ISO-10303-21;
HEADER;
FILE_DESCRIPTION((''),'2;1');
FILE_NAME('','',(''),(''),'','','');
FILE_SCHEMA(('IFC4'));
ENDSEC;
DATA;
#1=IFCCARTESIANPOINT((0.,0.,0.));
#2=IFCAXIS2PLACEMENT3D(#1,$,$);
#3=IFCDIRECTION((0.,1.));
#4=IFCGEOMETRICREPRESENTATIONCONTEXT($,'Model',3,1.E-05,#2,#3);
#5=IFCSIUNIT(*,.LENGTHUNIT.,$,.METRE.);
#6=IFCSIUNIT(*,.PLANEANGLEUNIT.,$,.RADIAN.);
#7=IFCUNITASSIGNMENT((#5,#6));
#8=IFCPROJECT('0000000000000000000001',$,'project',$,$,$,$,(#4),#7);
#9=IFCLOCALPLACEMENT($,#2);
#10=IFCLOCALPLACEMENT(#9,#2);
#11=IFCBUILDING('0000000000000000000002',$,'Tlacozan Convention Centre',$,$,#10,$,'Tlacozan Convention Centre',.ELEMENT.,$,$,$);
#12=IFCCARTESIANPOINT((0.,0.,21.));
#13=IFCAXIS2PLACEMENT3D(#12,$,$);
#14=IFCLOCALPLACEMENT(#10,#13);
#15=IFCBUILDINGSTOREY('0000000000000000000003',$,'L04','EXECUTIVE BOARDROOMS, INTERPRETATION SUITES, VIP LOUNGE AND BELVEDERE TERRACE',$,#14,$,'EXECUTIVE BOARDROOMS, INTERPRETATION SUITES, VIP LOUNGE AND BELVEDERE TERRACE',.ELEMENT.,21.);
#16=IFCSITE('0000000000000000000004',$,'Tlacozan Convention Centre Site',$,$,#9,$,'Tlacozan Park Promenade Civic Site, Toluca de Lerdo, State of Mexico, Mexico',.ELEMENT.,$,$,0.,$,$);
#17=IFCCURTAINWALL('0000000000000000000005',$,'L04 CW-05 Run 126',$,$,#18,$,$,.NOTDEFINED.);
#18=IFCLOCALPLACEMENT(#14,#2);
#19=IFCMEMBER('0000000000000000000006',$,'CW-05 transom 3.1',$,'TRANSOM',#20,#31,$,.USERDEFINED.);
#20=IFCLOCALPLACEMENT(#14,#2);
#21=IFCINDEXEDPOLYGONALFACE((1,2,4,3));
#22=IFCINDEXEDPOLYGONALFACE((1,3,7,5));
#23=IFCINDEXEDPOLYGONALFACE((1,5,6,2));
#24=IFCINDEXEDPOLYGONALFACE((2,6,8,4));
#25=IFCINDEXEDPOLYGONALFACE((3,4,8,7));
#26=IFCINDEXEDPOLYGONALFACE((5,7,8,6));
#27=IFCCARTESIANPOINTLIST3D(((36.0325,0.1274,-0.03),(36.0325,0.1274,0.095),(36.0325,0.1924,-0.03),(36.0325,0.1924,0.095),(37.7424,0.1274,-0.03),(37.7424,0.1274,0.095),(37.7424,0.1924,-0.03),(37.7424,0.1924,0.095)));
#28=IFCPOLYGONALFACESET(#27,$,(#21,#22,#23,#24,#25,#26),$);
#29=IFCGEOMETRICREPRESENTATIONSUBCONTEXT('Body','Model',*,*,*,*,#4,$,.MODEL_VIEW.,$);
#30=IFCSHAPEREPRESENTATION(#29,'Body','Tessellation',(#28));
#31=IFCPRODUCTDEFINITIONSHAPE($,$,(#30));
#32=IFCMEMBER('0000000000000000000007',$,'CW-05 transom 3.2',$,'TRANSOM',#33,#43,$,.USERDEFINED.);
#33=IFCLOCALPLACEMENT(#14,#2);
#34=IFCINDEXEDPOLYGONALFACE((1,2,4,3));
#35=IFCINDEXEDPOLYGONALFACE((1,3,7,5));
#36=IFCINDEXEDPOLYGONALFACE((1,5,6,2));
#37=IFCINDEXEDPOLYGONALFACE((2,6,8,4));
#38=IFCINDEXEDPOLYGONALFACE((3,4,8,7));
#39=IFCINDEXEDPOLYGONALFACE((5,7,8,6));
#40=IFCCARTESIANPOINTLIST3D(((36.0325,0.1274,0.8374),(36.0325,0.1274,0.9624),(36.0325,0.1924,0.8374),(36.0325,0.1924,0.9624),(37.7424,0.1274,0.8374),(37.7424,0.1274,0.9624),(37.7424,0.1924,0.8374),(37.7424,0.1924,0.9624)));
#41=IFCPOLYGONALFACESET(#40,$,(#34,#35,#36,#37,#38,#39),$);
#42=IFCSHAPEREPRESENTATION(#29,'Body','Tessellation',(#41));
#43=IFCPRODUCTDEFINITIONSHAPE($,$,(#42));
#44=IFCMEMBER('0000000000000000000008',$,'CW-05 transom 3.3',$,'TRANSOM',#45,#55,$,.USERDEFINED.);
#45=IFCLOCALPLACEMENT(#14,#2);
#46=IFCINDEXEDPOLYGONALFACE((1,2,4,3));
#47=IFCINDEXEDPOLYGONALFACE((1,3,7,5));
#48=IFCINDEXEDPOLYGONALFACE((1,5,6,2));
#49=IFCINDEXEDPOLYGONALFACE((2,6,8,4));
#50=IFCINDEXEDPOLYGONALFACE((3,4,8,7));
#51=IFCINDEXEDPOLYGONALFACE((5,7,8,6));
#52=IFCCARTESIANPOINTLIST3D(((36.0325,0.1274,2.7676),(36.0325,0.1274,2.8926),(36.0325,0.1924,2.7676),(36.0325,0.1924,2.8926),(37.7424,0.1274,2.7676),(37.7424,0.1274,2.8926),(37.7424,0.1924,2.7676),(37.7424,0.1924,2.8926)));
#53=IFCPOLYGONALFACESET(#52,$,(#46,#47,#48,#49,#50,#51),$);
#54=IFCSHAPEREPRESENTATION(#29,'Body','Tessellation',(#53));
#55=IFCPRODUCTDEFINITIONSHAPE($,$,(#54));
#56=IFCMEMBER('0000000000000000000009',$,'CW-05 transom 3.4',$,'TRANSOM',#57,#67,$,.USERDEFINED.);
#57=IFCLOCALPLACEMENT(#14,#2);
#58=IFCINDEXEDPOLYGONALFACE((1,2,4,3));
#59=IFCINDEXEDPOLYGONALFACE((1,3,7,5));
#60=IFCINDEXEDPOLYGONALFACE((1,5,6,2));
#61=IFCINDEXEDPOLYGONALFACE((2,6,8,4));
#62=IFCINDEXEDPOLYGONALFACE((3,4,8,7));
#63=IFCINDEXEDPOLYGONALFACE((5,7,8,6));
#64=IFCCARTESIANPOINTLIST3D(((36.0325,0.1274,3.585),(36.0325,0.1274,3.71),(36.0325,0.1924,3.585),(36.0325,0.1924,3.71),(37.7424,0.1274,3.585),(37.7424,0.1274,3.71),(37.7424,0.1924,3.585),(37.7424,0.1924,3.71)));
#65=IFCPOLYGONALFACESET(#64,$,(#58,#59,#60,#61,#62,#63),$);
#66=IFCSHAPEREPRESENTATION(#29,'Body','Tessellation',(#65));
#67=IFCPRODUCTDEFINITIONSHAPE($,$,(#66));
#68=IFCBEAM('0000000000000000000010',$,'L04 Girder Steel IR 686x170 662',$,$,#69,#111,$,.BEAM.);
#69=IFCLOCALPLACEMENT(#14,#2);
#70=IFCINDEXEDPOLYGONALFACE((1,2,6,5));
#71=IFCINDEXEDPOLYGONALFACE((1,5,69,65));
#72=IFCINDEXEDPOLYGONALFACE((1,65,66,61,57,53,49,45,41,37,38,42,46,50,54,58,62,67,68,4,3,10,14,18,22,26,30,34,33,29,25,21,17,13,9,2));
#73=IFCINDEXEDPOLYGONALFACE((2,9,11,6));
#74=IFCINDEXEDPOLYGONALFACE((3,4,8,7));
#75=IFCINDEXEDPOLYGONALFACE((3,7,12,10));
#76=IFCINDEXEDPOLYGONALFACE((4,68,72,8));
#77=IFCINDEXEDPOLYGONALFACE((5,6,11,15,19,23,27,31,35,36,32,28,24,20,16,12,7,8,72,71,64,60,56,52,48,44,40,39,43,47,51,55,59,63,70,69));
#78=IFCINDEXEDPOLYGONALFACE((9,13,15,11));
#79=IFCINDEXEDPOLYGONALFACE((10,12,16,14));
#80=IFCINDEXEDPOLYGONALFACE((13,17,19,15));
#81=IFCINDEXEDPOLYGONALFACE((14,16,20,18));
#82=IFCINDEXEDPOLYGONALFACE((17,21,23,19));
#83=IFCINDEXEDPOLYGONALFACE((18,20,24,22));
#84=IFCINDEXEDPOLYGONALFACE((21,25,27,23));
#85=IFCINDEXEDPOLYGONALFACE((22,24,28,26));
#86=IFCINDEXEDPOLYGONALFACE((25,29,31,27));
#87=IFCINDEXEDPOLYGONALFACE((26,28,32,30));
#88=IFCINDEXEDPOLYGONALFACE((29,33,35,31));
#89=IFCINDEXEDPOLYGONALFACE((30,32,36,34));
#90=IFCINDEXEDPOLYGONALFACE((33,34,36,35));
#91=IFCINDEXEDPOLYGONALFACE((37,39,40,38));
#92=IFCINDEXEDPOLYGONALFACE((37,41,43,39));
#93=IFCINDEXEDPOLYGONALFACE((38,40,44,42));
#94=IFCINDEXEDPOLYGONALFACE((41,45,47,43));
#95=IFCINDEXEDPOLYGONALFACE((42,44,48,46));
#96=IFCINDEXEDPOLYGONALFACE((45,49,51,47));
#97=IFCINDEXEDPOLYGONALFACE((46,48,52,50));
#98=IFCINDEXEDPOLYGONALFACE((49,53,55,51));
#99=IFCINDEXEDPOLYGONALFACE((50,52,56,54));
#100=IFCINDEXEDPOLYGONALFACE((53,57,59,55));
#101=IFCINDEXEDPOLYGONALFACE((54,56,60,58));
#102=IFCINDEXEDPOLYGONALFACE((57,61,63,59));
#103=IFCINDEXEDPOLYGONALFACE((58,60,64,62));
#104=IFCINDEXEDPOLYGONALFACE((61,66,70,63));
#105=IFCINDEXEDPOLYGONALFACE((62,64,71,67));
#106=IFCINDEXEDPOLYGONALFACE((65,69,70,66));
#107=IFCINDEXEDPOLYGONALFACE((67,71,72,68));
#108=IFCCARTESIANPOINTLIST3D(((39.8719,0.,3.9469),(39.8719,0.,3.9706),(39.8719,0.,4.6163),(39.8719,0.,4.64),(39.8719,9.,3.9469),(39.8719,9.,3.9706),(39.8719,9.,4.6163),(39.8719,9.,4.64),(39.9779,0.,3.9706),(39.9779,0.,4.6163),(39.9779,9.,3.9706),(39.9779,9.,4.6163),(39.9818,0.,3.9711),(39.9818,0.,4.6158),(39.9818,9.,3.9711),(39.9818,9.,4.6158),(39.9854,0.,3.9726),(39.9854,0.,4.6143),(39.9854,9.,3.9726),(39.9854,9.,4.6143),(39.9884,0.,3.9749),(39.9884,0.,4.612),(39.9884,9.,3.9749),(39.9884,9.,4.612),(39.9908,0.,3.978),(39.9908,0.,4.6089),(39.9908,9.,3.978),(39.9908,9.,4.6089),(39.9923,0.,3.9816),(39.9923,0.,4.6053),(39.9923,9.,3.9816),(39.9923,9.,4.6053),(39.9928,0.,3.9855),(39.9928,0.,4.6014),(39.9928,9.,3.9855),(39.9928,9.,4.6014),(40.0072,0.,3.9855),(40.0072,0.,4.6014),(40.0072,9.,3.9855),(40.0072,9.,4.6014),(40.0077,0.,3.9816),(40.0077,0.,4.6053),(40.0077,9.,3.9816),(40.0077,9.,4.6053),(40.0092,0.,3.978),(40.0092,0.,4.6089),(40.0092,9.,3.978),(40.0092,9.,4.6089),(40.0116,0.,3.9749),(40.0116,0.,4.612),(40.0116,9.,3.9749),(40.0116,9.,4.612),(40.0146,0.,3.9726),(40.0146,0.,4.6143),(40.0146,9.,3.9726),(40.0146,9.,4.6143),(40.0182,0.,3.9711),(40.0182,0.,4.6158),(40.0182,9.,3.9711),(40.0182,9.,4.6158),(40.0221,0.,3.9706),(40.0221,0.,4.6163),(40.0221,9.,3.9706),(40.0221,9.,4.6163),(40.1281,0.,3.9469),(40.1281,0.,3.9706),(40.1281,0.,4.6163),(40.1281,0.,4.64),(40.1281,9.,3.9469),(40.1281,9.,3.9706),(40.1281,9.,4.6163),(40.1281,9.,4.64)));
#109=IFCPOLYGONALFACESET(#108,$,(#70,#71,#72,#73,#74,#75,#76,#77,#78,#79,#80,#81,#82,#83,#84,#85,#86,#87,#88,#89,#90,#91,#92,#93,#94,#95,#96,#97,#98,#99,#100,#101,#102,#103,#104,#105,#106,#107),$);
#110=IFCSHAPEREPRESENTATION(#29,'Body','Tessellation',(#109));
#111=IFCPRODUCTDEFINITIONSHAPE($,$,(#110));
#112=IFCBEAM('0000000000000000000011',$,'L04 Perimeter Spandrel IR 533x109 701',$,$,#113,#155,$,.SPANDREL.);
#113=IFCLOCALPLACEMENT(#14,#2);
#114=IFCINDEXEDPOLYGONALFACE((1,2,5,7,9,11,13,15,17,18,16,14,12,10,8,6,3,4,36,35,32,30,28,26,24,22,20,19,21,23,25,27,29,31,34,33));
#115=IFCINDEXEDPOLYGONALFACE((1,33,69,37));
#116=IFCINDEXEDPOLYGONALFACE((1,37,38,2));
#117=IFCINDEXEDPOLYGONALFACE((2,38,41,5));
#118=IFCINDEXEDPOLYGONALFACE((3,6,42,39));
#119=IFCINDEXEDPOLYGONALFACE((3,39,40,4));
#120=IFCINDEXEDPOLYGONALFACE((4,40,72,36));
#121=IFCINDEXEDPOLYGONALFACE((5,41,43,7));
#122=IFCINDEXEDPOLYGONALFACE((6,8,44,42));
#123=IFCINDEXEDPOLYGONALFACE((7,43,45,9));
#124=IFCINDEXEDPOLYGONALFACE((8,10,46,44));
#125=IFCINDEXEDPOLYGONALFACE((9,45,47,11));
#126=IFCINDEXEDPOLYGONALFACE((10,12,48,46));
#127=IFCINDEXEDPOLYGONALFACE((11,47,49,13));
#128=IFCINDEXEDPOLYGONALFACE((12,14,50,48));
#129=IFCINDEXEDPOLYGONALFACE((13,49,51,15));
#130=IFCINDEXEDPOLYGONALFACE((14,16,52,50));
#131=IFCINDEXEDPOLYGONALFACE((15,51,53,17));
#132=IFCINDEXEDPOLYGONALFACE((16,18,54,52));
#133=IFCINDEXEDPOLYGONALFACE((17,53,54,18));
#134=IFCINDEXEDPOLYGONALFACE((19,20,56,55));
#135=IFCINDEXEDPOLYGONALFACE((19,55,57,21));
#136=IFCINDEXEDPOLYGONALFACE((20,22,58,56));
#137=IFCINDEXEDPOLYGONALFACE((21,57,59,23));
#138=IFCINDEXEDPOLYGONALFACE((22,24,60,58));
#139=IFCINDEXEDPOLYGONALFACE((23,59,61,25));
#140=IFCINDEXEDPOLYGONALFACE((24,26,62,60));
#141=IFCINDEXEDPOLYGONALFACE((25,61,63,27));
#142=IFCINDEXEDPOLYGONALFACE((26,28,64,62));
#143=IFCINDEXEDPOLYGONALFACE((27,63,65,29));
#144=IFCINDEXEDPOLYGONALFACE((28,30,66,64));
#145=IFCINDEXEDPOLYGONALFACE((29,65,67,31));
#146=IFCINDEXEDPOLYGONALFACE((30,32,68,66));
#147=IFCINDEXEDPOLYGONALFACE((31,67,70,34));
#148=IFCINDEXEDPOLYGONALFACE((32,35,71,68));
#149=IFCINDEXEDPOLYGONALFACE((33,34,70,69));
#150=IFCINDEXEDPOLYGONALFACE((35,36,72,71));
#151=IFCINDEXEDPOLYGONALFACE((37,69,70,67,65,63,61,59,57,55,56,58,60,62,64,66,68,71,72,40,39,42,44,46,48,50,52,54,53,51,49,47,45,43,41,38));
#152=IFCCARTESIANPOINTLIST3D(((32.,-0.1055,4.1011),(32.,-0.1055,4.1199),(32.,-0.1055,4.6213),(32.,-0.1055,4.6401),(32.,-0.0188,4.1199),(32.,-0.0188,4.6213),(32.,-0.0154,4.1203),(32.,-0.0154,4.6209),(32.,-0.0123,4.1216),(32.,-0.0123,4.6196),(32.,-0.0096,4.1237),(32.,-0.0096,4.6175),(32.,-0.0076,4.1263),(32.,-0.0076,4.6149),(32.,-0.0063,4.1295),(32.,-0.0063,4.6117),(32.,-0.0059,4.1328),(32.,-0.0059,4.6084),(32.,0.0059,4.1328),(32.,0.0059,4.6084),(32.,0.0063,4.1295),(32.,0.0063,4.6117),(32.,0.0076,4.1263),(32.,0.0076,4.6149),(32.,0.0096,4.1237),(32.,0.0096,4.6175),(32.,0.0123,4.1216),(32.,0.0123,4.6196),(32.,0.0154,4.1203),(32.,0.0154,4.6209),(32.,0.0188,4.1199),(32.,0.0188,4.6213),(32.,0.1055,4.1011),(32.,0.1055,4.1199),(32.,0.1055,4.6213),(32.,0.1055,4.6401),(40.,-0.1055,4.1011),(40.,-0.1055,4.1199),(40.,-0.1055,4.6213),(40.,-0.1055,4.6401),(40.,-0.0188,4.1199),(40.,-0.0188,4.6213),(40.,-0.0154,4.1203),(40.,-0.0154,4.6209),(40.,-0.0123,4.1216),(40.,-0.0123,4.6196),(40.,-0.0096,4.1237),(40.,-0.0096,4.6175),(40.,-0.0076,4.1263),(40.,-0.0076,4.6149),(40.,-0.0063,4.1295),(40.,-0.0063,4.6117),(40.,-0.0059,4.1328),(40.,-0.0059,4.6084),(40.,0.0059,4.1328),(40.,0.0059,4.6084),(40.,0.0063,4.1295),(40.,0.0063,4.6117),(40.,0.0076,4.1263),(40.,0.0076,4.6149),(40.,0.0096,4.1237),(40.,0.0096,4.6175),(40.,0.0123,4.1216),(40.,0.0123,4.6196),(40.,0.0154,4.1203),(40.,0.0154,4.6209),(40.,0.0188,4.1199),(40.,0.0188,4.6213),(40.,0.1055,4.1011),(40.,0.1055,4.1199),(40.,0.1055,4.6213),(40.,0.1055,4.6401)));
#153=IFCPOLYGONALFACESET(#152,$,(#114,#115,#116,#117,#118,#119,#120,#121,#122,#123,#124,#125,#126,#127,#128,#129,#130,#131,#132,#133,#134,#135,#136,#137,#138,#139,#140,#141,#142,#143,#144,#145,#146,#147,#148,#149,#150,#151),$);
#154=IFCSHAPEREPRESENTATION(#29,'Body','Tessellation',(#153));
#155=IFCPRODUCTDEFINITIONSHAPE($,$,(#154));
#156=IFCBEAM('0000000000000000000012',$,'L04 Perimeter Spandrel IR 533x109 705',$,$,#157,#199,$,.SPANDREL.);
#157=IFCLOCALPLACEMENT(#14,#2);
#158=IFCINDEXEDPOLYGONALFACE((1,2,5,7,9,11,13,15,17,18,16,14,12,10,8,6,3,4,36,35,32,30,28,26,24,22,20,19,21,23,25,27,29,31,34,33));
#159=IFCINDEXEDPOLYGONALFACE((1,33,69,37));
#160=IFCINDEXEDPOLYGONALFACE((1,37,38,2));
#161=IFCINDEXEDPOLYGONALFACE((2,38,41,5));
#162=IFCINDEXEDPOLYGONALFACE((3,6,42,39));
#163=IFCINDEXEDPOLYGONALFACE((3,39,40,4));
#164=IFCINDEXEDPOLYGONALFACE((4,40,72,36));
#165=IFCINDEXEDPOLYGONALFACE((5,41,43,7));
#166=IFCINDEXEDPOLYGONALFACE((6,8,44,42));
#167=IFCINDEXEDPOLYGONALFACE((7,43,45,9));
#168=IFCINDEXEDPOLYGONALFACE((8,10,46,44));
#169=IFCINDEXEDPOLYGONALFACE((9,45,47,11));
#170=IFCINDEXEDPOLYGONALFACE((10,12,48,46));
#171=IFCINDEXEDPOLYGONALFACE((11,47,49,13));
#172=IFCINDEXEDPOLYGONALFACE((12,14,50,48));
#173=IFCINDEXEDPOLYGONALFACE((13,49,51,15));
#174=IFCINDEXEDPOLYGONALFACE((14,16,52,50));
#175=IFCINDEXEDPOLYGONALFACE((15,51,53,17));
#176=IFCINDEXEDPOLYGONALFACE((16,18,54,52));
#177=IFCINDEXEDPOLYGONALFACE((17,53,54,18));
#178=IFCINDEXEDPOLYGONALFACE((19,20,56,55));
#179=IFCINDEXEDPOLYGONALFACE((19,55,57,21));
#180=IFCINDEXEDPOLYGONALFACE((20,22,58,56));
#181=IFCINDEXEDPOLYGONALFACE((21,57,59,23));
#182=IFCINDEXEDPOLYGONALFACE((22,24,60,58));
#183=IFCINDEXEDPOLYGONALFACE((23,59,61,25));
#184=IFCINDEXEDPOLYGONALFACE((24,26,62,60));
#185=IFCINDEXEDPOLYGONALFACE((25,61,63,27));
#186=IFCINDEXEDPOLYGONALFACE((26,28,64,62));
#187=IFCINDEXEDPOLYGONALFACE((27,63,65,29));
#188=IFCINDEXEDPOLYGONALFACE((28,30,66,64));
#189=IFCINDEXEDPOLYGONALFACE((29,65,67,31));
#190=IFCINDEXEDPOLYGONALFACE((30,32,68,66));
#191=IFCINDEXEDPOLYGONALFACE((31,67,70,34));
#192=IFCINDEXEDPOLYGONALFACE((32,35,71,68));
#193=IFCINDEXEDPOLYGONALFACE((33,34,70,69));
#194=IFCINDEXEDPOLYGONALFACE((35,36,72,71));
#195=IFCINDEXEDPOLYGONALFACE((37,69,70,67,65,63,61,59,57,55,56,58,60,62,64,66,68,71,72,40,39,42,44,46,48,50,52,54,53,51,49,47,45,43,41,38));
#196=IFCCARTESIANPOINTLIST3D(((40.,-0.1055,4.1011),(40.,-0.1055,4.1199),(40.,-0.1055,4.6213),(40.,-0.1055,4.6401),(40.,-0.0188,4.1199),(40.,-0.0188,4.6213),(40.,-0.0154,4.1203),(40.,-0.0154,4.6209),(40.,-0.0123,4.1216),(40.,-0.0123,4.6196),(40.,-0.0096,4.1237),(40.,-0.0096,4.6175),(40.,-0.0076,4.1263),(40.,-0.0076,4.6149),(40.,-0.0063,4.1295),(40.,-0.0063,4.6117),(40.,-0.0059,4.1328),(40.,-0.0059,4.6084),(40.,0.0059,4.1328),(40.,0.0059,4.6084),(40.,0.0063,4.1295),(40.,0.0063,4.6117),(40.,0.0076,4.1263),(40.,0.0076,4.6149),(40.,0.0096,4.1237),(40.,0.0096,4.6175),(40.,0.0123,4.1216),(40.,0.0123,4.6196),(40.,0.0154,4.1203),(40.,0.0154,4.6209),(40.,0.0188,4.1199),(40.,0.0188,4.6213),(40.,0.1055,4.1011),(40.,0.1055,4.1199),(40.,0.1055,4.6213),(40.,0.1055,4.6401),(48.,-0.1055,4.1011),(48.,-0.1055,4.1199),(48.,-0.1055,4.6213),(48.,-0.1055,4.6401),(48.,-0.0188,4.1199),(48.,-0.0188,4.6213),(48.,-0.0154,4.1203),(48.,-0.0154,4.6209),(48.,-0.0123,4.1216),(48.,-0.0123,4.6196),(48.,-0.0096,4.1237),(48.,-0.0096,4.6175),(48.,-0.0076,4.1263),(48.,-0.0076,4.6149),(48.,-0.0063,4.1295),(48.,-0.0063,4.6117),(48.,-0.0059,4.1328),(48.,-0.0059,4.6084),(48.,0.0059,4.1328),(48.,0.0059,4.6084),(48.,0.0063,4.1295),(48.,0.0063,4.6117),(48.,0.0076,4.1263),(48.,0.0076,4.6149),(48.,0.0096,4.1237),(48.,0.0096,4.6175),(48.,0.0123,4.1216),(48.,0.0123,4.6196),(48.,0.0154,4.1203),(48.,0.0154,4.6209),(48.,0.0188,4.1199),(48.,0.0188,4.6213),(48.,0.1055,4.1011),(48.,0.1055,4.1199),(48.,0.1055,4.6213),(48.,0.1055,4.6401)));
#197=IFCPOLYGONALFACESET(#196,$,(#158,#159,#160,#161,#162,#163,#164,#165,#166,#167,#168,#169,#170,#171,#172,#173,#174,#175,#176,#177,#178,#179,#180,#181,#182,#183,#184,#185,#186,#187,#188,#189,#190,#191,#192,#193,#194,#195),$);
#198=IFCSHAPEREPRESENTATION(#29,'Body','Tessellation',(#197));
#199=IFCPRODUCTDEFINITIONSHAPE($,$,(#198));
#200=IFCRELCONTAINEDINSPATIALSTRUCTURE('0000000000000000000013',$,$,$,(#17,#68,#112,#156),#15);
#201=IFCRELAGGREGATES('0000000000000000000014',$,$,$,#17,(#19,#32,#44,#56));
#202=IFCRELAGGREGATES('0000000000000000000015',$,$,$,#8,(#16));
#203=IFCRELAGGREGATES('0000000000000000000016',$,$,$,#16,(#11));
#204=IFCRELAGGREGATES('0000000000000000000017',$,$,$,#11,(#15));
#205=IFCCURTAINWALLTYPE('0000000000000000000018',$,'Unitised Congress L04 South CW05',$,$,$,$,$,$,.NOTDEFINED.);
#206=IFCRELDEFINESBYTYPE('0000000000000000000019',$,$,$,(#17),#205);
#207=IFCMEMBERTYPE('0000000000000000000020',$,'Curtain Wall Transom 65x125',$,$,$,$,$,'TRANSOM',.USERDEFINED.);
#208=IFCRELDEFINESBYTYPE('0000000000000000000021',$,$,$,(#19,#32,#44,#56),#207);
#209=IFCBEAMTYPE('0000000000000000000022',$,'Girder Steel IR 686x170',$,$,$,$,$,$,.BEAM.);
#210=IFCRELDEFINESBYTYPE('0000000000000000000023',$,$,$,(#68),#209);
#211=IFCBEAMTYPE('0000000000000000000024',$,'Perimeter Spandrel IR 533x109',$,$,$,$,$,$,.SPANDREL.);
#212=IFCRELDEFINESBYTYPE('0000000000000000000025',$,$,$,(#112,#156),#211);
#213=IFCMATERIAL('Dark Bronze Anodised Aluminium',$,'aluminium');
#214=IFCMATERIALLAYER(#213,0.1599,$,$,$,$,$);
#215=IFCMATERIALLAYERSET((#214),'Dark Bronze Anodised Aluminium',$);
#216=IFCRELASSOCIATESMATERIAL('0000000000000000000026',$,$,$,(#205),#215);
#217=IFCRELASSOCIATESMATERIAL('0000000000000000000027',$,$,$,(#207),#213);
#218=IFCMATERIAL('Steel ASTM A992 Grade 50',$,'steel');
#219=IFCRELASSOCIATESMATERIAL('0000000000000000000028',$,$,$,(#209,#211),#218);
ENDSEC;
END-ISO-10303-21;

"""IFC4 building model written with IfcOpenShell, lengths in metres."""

from ifc_helpers import new_model, si_unit, direction, frame, origin, origin_2d, place, context, subcontext, project, spatial, rectangle, i_section, extrude, material, layer, layer_set, material_profile, profile_set, type_object, element, aggregate, save


model = new_model("IFC4")

# Units and contexts
model_context = context("Model", 3, precision=1e-05, world=origin(), true_north=direction((0.0, 1.0)))
body_context = subcontext(model_context, "Body", "Model", "MODEL_VIEW")
ifc_project = project(units=[si_unit("LENGTHUNIT", "METRE"), si_unit("PLANEANGLEUNIT", "RADIAN")], contexts=[model_context])

# Site, building, storey
site_placement = place(None, origin())
site = spatial("IfcSite", under=ifc_project, at=site_placement, Name="Tlacozan Convention Centre Site", LongName="Tlacozan Park Promenade Civic Site, Toluca de Lerdo, State of Mexico, Mexico", CompositionType="ELEMENT", RefElevation=0.0)
building_placement = place(site_placement, origin())
building = spatial("IfcBuilding", under=site, at=building_placement, Name="Tlacozan Convention Centre", LongName="Tlacozan Convention Centre", CompositionType="ELEMENT")
storey_placement = place(building_placement, frame((0.0, 0.0, 21.0)))
storey = spatial("IfcBuildingStorey", under=building, at=storey_placement, Name="L04", Description="EXECUTIVE BOARDROOMS, INTERPRETATION SUITES, VIP LOUNGE AND BELVEDERE TERRACE", LongName="EXECUTIVE BOARDROOMS, INTERPRETATION SUITES, VIP LOUNGE AND BELVEDERE TERRACE", CompositionType="ELEMENT", Elevation=21.0)

# Curtain wall, members
ifc_material_1 = material(Name="Dark Bronze Anodised Aluminium", Category="aluminium")
ifc_layer_1 = layer(ifc_material_1, 0.1599)
ifc_layer_set_1 = layer_set([ifc_layer_1], Name="Dark Bronze Anodised Aluminium")
curtain_wall_type = type_object("IfcCurtainWallType", Name="Unitised Congress L04 South CW05", PredefinedType="NOTDEFINED", material=ifc_layer_set_1)
curtain_wall_placement = place(storey_placement, origin())
curtain_wall = element("IfcCurtainWall", 1, at=curtain_wall_placement, inside=storey, type_object=curtain_wall_type, Name="L04 CW-05 Run 126", PredefinedType="NOTDEFINED")
ifc_material_profile_1 = material_profile(ifc_material_1, rectangle(XDim=0.0649, YDim=0.125, at=origin_2d()), Name="ALU 65x125")
ifc_profile_set_1 = profile_set([ifc_material_profile_1], Name="Dark Bronze Anodised Aluminium")
member_type_1 = type_object("IfcMemberType", Name="Curtain Wall Transom 65x125", ElementType="TRANSOM", PredefinedType="USERDEFINED", material=ifc_profile_set_1)
member_1_placement = place(storey_placement, frame((36.0325, 0.1599, 0.0325), z_axis=(1.0, 0.0, 0.0), x_axis=(0.0, 1.0, 0.0)))
member_1 = element("IfcMember", 2, at=member_1_placement, type_object=member_type_1, Name="CW-05 transom 3.1", ObjectType="TRANSOM", PredefinedType="USERDEFINED", context=body_context, shape_type="SweptSolid", body=[
    extrude(rectangle(XDim=0.0649, YDim=0.125, at=origin_2d()), origin(), (0.0, 0.0, 1.0), 1.71),
])
member_2_placement = place(storey_placement, frame((36.0325, 0.1599, 0.8999), z_axis=(1.0, 0.0, 0.0), x_axis=(0.0, 1.0, 0.0)))
member_2 = element("IfcMember", 3, at=member_2_placement, type_object=member_type_1, Name="CW-05 transom 3.2", ObjectType="TRANSOM", PredefinedType="USERDEFINED", context=body_context, shape_type="SweptSolid", body=[
    extrude(rectangle(XDim=0.0649, YDim=0.125, at=origin_2d()), origin(), (0.0, 0.0, 1.0), 1.71),
])
member_3_placement = place(storey_placement, frame((36.0325, 0.1599, 2.8301), z_axis=(1.0, 0.0, 0.0), x_axis=(0.0, 1.0, 0.0)))
member_3 = element("IfcMember", 4, at=member_3_placement, type_object=member_type_1, Name="CW-05 transom 3.3", ObjectType="TRANSOM", PredefinedType="USERDEFINED", context=body_context, shape_type="SweptSolid", body=[
    extrude(rectangle(XDim=0.0649, YDim=0.125, at=origin_2d()), origin(), (0.0, 0.0, 1.0), 1.71),
])
member_4_placement = place(storey_placement, frame((36.0325, 0.1599, 3.6475), z_axis=(1.0, 0.0, 0.0), x_axis=(0.0, 1.0, 0.0)))
member_4 = element("IfcMember", 5, at=member_4_placement, type_object=member_type_1, Name="CW-05 transom 3.4", ObjectType="TRANSOM", PredefinedType="USERDEFINED", context=body_context, shape_type="SweptSolid", body=[
    extrude(rectangle(XDim=0.0649, YDim=0.125, at=origin_2d()), origin(), (0.0, 0.0, 1.0), 1.71),
])

# Beams
ifc_material_2 = material(Name="Steel ASTM A992 Grade 50", Category="steel")
ifc_material_profile_2 = material_profile(ifc_material_2, i_section(OverallWidth=0.2561, OverallDepth=0.6931, WebThickness=0.0144, FlangeThickness=0.0237, FilletRadius=0.0149, at=origin_2d()), Name="IR 686x170.0")
ifc_profile_set_2 = profile_set([ifc_material_profile_2], Name="Steel ASTM A992 Grade 50")
beam_type_1 = type_object("IfcBeamType", Name="Girder Steel IR 686x170", PredefinedType="BEAM", material=ifc_profile_set_2)
beam_placement = place(storey_placement, frame((40.0, 0.0, 4.2935), z_axis=(0.0, 1.0, 0.0), x_axis=(-1.0, 0.0, 0.0)))
element("IfcBeam", 6, at=beam_placement, inside=storey, type_object=beam_type_1, Name="L04 Girder Steel IR 686x170 662", PredefinedType="BEAM", context=body_context, shape_type="SweptSolid", body=[
    extrude(i_section(OverallWidth=0.2561, OverallDepth=0.6931, WebThickness=0.0144, FlangeThickness=0.0237, FilletRadius=0.0149, at=origin_2d()), origin(), (0.0, 0.0, 1.0), 9.0),
])
ifc_material_profile_3 = material_profile(ifc_material_2, i_section(OverallWidth=0.2109, OverallDepth=0.5391, WebThickness=0.0117, FlangeThickness=0.0188, FilletRadius=0.0129, at=origin_2d()), Name="IR 533x109.0")
ifc_profile_set_3 = profile_set([ifc_material_profile_3], Name="Steel ASTM A992 Grade 50")
beam_type_2 = type_object("IfcBeamType", Name="Perimeter Spandrel IR 533x109", PredefinedType="SPANDREL", material=ifc_profile_set_3)
for number, where, z_axis, x_axis, name in (
    (7, (32.0, 0.0, 4.3706), (1.0, 0.0, 0.0), (0.0, 1.0, 0.0), "L04 Perimeter Spandrel IR 533x109 701"),
    (8, (40.0, 0.0, 4.3706), (1.0, 0.0, 0.0), (0.0, 1.0, 0.0), "L04 Perimeter Spandrel IR 533x109 705"),
):
    element("IfcBeam", number, at=place(storey_placement, frame(where, z_axis=z_axis, x_axis=x_axis)), inside=storey, type_object=beam_type_2, Name=name, PredefinedType="SPANDREL", context=body_context, shape_type="SweptSolid", body=[
        extrude(i_section(OverallWidth=0.2109, OverallDepth=0.5391, WebThickness=0.0117, FlangeThickness=0.0188, FilletRadius=0.0129, at=origin_2d()), origin(), (0.0, 0.0, 1.0), 8.0),
    ])

aggregate(curtain_wall, [member_1, member_2, member_3, member_4])

save(model, "model.ifc")
